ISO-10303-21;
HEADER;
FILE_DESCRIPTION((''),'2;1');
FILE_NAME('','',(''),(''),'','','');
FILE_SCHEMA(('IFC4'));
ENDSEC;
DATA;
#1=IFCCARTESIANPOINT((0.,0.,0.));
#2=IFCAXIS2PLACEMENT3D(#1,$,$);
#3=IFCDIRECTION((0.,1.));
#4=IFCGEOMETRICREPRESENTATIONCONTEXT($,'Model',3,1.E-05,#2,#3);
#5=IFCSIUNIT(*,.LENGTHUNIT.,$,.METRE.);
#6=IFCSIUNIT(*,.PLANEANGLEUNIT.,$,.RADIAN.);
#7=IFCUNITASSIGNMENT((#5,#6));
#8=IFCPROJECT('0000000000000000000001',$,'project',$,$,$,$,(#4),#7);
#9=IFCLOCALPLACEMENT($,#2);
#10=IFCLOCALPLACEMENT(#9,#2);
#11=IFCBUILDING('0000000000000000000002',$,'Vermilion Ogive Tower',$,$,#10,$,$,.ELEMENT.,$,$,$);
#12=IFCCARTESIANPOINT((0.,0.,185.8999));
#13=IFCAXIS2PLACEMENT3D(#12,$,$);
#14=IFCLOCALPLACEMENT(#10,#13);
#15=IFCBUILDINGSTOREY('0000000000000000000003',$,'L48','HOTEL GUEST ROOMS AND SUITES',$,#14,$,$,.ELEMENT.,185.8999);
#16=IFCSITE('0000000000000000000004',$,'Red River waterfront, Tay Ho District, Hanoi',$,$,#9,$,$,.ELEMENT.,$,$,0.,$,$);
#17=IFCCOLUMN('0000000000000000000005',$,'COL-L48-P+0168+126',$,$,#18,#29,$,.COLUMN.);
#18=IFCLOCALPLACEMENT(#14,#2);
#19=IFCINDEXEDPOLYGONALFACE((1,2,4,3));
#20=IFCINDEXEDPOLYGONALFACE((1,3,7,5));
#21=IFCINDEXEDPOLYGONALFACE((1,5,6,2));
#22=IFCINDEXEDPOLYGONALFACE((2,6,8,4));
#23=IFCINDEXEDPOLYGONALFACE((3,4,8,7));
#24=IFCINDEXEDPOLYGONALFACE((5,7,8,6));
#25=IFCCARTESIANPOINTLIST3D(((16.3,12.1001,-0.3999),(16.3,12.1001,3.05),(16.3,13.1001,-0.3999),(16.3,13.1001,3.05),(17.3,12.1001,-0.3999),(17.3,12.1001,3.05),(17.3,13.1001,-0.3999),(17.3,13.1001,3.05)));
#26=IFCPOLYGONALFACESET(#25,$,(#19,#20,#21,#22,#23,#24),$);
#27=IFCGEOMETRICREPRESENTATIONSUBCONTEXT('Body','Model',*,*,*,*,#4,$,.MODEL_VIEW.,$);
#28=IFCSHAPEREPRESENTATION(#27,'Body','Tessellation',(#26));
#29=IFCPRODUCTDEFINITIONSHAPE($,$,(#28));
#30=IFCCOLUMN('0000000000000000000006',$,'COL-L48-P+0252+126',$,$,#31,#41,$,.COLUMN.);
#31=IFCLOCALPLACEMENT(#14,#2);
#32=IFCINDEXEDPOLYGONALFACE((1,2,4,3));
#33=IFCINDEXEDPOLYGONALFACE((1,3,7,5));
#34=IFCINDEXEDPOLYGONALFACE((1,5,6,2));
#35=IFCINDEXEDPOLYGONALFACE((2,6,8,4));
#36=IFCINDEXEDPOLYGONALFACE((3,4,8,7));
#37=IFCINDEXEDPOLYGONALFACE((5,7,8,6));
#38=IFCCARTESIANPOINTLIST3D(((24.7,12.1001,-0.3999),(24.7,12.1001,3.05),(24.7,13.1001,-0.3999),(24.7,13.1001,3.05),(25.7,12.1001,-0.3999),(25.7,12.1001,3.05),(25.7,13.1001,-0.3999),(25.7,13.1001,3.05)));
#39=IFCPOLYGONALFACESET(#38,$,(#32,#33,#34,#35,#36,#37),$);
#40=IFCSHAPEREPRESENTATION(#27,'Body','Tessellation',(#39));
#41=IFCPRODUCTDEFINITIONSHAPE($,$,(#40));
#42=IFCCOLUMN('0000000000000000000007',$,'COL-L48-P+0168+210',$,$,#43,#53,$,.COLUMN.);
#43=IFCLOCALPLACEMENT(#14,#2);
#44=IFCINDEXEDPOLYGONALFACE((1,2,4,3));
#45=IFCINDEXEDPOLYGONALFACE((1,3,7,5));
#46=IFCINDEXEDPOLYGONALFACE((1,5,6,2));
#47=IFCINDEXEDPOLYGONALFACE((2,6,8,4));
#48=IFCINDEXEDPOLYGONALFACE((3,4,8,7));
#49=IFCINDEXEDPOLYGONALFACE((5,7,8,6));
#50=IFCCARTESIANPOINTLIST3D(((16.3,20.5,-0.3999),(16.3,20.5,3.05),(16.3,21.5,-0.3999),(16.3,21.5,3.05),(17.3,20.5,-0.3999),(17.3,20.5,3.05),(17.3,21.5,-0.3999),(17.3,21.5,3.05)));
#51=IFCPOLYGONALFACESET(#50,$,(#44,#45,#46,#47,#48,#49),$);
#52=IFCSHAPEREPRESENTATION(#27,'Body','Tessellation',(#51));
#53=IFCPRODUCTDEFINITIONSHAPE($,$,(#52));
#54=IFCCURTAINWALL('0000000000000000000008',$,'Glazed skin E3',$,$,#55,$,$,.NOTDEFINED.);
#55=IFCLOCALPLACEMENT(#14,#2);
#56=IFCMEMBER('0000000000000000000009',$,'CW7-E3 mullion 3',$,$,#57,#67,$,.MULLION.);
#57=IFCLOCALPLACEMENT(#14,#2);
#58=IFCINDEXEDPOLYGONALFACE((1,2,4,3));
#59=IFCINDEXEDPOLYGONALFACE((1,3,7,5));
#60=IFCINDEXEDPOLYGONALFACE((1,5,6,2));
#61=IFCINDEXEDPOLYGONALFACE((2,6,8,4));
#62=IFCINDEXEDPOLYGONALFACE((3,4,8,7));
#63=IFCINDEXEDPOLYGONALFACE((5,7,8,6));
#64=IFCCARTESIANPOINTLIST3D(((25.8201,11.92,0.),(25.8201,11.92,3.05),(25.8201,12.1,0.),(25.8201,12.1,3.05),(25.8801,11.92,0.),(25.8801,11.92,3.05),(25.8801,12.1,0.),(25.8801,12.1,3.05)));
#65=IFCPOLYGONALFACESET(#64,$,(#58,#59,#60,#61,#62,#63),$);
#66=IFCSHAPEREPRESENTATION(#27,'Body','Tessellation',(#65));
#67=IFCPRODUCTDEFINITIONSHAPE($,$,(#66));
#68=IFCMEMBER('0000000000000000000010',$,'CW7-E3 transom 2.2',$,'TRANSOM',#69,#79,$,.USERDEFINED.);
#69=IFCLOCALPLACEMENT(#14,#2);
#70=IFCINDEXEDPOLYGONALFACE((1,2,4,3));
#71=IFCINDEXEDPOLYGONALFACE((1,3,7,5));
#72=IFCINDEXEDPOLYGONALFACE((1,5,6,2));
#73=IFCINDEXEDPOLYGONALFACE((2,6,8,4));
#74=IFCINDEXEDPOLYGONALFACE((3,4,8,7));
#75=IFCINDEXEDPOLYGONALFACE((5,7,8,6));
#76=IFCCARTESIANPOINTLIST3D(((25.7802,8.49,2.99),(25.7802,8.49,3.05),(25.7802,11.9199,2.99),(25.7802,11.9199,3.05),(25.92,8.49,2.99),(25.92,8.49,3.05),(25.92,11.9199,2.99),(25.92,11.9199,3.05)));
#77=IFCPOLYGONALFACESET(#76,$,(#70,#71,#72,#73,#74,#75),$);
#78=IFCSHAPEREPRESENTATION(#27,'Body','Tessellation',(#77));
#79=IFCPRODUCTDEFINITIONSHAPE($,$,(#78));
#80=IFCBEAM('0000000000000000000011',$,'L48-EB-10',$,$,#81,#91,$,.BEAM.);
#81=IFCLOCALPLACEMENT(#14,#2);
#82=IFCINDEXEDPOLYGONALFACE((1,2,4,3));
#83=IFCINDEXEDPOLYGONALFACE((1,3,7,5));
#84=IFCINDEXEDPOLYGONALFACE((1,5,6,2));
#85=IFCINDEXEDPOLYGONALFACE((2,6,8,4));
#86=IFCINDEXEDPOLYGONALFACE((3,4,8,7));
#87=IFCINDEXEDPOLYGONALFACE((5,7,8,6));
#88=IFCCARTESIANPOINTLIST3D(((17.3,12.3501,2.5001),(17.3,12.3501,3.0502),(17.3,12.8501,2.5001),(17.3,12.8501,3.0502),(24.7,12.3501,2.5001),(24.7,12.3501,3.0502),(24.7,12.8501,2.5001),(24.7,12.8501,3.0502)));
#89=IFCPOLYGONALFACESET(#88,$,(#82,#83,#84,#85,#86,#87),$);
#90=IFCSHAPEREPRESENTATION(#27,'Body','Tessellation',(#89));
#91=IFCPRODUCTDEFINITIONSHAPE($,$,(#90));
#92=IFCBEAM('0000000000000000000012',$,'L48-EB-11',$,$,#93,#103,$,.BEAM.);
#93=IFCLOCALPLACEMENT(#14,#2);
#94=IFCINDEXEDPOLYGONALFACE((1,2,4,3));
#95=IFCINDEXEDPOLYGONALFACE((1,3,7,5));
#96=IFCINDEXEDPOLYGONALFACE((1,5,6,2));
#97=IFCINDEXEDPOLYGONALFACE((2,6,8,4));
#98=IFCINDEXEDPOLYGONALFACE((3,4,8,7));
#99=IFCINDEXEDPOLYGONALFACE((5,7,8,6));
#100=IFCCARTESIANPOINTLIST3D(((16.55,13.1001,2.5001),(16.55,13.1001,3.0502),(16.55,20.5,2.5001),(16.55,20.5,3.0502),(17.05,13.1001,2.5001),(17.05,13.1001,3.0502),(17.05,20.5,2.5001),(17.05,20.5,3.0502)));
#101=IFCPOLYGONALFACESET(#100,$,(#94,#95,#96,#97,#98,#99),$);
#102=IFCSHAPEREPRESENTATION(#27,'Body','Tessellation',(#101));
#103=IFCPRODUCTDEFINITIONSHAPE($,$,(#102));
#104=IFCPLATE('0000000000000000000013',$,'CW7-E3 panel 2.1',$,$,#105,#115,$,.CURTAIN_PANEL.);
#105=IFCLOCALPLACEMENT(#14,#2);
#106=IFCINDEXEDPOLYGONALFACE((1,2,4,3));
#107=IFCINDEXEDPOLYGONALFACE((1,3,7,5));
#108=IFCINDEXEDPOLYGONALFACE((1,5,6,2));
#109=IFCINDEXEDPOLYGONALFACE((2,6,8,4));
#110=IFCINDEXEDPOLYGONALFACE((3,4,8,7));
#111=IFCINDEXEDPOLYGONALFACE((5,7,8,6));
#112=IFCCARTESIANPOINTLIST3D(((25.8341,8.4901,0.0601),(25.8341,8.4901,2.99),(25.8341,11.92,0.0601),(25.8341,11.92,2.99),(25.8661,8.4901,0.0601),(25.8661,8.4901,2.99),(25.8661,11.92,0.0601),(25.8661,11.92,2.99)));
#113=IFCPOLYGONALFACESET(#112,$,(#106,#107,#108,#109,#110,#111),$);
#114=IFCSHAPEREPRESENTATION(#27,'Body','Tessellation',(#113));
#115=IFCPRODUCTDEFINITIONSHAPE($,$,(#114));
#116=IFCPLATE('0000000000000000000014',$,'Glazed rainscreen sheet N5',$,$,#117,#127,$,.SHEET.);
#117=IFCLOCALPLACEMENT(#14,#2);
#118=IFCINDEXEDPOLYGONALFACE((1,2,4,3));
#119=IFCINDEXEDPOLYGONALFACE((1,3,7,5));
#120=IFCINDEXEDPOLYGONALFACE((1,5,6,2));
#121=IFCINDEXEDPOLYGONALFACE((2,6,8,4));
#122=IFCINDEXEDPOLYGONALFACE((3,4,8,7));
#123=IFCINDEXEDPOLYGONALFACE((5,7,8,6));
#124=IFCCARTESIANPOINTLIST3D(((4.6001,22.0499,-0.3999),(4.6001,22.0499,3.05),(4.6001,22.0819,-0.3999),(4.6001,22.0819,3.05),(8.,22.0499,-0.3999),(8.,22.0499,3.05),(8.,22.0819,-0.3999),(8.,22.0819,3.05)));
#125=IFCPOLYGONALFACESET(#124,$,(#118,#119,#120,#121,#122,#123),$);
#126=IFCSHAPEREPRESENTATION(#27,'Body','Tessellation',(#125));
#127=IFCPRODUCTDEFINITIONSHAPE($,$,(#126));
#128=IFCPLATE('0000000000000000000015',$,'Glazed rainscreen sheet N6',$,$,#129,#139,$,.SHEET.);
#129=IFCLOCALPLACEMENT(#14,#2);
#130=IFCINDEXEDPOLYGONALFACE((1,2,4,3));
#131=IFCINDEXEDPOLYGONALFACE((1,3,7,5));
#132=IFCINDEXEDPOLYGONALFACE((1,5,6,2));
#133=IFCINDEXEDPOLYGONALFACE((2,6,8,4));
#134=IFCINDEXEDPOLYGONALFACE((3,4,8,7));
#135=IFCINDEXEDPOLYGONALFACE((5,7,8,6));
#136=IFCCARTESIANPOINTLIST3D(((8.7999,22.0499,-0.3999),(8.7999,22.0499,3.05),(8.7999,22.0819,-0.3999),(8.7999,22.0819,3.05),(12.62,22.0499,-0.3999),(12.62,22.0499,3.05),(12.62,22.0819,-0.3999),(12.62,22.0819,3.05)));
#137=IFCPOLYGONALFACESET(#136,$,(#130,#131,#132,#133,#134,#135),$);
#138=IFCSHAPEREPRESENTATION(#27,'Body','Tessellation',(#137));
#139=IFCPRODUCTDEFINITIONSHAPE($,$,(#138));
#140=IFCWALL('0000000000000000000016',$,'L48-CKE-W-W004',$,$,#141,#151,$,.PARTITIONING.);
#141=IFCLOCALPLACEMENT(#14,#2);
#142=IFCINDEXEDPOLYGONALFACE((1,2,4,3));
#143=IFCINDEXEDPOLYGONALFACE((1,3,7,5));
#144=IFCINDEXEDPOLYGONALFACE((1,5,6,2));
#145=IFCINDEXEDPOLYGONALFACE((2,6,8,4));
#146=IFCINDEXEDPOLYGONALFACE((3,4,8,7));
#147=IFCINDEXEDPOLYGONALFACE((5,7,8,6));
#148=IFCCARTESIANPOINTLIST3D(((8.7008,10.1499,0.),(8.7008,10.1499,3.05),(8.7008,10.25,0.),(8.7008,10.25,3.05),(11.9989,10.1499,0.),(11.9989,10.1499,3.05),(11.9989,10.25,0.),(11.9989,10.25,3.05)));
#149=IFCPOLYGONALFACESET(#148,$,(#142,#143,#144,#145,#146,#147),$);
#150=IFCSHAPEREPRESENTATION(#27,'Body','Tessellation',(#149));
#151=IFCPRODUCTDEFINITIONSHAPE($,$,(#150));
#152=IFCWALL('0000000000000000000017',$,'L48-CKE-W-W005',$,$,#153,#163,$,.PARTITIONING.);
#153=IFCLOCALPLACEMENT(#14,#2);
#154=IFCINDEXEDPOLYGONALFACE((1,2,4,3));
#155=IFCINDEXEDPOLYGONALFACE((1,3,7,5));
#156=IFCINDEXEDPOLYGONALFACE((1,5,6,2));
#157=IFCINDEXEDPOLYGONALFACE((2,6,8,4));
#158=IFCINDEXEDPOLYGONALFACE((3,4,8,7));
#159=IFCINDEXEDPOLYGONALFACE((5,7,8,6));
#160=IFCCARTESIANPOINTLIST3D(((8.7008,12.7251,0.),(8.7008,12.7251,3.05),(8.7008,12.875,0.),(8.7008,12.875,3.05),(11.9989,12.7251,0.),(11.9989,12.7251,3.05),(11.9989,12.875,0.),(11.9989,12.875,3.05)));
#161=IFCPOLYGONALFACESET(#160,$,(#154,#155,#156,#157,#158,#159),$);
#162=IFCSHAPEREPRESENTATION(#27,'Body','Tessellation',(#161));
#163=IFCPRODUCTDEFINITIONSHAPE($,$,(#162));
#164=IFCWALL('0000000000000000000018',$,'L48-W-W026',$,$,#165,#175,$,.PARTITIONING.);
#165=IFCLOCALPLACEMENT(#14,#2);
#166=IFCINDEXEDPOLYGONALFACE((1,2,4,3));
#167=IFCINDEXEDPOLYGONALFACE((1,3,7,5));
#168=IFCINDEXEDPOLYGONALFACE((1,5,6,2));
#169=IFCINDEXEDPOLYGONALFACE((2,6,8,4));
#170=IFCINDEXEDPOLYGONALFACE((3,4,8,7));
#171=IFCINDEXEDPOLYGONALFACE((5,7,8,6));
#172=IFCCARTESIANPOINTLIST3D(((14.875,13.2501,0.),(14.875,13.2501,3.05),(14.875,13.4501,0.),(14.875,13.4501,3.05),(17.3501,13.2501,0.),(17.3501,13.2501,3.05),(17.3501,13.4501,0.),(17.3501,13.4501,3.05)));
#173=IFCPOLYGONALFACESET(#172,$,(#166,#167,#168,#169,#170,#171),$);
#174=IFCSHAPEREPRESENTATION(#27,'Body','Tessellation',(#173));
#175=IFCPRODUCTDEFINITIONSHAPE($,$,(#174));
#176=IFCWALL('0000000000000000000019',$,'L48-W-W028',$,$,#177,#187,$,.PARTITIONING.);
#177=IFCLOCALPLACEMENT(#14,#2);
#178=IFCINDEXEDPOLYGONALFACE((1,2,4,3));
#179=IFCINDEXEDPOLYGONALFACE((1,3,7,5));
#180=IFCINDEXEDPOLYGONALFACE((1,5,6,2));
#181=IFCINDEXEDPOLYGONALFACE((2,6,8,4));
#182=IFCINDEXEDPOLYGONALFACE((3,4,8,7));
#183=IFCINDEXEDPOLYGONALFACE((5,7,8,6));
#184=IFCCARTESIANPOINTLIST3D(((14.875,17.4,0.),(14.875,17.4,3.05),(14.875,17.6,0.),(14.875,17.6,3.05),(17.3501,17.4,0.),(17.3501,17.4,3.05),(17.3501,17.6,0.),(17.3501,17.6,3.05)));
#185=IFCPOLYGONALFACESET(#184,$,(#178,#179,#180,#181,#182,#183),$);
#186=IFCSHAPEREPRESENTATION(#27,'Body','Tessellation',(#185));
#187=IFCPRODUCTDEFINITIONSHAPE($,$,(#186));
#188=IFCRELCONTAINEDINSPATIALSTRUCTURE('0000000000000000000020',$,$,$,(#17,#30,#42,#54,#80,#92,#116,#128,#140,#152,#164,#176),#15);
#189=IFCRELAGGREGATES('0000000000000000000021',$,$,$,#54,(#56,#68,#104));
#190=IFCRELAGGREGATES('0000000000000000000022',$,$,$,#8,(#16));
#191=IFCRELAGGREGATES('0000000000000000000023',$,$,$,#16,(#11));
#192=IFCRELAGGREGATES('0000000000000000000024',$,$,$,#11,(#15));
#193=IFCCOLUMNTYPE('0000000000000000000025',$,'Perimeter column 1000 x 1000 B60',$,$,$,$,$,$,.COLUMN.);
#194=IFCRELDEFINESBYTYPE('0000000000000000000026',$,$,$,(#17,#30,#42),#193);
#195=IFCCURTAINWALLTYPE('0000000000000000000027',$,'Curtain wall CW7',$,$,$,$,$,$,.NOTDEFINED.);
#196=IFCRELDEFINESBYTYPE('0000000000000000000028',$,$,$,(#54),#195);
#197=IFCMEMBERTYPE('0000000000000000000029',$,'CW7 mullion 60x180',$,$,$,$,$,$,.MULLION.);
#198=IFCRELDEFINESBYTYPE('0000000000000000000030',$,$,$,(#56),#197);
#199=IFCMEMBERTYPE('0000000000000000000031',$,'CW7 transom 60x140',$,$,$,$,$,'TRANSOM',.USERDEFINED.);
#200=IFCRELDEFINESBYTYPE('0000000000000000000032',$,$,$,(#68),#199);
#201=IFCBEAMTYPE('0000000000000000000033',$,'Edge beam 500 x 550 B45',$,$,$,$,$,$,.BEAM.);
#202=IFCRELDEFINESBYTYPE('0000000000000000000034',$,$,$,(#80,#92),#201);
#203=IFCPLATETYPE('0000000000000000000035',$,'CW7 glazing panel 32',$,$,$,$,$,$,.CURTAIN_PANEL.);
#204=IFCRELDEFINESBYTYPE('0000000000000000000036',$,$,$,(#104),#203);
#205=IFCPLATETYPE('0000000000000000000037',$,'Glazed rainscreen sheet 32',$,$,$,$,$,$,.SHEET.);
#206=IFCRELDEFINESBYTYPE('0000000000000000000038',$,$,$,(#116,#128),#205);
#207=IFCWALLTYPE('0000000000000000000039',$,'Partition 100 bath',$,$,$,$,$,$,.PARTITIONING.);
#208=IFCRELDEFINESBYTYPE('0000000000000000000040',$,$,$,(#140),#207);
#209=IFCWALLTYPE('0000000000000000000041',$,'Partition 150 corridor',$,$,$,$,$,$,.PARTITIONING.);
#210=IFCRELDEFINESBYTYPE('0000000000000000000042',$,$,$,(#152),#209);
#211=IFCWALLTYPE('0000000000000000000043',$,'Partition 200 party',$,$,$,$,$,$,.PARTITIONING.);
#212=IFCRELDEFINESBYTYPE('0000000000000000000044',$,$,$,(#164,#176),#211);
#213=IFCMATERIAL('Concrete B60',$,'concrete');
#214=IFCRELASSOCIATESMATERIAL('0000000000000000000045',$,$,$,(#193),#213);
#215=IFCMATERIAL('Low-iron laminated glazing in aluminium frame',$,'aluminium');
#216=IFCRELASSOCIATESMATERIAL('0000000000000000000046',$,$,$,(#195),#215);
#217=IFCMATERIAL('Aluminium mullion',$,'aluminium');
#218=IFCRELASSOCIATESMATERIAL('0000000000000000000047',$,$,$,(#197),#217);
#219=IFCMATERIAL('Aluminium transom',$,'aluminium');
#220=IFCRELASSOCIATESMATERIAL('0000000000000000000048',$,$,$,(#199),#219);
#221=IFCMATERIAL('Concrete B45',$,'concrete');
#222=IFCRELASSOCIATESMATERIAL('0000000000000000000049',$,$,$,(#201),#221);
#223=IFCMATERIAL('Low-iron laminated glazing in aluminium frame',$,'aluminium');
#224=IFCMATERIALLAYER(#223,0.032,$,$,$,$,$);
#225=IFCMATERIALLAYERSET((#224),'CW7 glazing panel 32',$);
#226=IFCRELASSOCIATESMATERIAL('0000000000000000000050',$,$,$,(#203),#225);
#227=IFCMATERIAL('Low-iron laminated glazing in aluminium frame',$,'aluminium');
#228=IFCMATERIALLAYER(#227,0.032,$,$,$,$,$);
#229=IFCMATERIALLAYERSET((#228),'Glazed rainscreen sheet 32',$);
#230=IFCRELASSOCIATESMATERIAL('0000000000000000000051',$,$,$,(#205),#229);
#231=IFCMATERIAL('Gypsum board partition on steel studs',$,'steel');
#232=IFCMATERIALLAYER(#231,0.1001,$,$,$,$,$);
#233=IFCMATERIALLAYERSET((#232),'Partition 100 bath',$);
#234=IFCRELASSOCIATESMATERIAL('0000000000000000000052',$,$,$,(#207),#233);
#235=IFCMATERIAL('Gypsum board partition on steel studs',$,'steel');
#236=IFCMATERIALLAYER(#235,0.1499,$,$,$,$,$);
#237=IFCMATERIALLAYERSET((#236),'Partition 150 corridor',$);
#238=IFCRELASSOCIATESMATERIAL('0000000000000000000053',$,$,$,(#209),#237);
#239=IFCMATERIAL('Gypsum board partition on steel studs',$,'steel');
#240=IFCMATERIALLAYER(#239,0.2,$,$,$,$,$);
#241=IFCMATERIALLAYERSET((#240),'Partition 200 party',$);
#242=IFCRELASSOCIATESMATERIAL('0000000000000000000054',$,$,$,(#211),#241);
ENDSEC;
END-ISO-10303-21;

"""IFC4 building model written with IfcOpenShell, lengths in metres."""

from ifc_helpers import new_model, si_unit, direction, frame, frame_2d, origin, origin_2d, place, context, subcontext, project, spatial, rectangle, extrude, material, layer, layer_set, material_profile, profile_set, type_object, element, aggregate, save


model = new_model("IFC4")

# Units and contexts
model_context = context("Model", 3, precision=1e-05, world=origin(), true_north=direction((0.0, 1.0)))
body_context = subcontext(model_context, "Body", "Model", "MODEL_VIEW")
ifc_project = project(units=[si_unit("LENGTHUNIT", "METRE"), si_unit("PLANEANGLEUNIT", "RADIAN")], contexts=[model_context])

# Site, building, storey
site_placement = place(None, origin())
site = spatial("IfcSite", under=ifc_project, at=site_placement, Name="Red River waterfront, Tay Ho District, Hanoi", CompositionType="ELEMENT", RefElevation=0.0)
building_placement = place(site_placement, origin())
building = spatial("IfcBuilding", under=site, at=building_placement, Name="Vermilion Ogive Tower", CompositionType="ELEMENT")
storey_placement = place(building_placement, frame((0.0, 0.0, 185.8999)))
storey = spatial("IfcBuildingStorey", under=building, at=storey_placement, Name="L48", Description="HOTEL GUEST ROOMS AND SUITES", CompositionType="ELEMENT", Elevation=185.8999)

# Columns
ifc_material_1 = material(Name="Concrete B60", Category="concrete")
ifc_material_profile_1 = material_profile(ifc_material_1, rectangle(XDim=1.0, YDim=1.0, at=origin_2d()), Name="1000 x 1000")
ifc_profile_set_1 = profile_set([ifc_material_profile_1], Name="Concrete B60")
column_type = type_object("IfcColumnType", Name="Perimeter column 1000 x 1000 B60", PredefinedType="COLUMN", material=ifc_profile_set_1)
for number, where, z_axis, x_axis, name in (
    (1, (16.8, 12.6001, -0.3999), (0.0, 0.0, 1.0), (1.0, 0.0, 0.0), "COL-L48-P+0168+126"),
    (2, (25.2, 12.6001, -0.3999), (0.0, 0.0, 1.0), (1.0, 0.0, 0.0), "COL-L48-P+0252+126"),
    (3, (16.8, 21.0, -0.3999), (0.0, 0.0, 1.0), (1.0, 0.0, 0.0), "COL-L48-P+0168+210"),
):
    element("IfcColumn", number, at=place(storey_placement, frame(where, z_axis=z_axis, x_axis=x_axis)), inside=storey, type_object=column_type, Name=name, PredefinedType="COLUMN", context=body_context, shape_type="SweptSolid", body=[
        extrude(rectangle(XDim=1.0, YDim=1.0, at=origin_2d()), origin(), (0.0, 0.0, 1.0), 3.45),
    ])

# Curtain wall, members
ifc_material_2 = material(Name="Low-iron laminated glazing in aluminium frame", Category="aluminium")
curtain_wall_type = type_object("IfcCurtainWallType", Name="Curtain wall CW7", PredefinedType="NOTDEFINED", material=ifc_material_2)
curtain_wall_placement = place(storey_placement, origin())
curtain_wall = element("IfcCurtainWall", 4, at=curtain_wall_placement, inside=storey, type_object=curtain_wall_type, Name="Glazed skin E3", PredefinedType="NOTDEFINED")
ifc_material_3 = material(Name="Aluminium mullion", Category="aluminium")
ifc_material_profile_2 = material_profile(ifc_material_3, rectangle(XDim=0.0601, YDim=0.1799, at=origin_2d()), Name="AL 60x180")
ifc_profile_set_2 = profile_set([ifc_material_profile_2], Name="Aluminium mullion")
member_type_1 = type_object("IfcMemberType", Name="CW7 mullion 60x180", PredefinedType="MULLION", material=ifc_profile_set_2)
member_1_placement = place(storey_placement, frame((25.8501, 12.01, 0.0), z_axis=(0.0, 0.0, 1.0), x_axis=(-1.0, 0.0, 0.0)))
member_1 = element("IfcMember", 5, at=member_1_placement, type_object=member_type_1, Name="CW7-E3 mullion 3", PredefinedType="MULLION", context=body_context, shape_type="SweptSolid", body=[
    extrude(rectangle(XDim=0.0601, YDim=0.1799, at=origin_2d()), origin(), (0.0, 0.0, 1.0), 3.05),
])
ifc_material_4 = material(Name="Aluminium transom", Category="aluminium")
ifc_material_profile_3 = material_profile(ifc_material_4, rectangle(XDim=0.1399, YDim=0.0601, at=origin_2d()), Name="AL 60x140")
ifc_profile_set_3 = profile_set([ifc_material_profile_3], Name="Aluminium transom")
member_type_2 = type_object("IfcMemberType", Name="CW7 transom 60x140", ElementType="TRANSOM", PredefinedType="USERDEFINED", material=ifc_profile_set_3)
member_2_placement = place(storey_placement, frame((25.8501, 8.49, 3.02), z_axis=(0.0, 1.0, 0.0), x_axis=(-1.0, 0.0, 0.0)))
member_2 = element("IfcMember", 6, at=member_2_placement, type_object=member_type_2, Name="CW7-E3 transom 2.2", ObjectType="TRANSOM", PredefinedType="USERDEFINED", context=body_context, shape_type="SweptSolid", body=[
    extrude(rectangle(XDim=0.1399, YDim=0.0601, at=origin_2d()), origin(), (0.0, 0.0, 1.0), 3.4299),
])

# Beams
ifc_material_5 = material(Name="Concrete B45", Category="concrete")
ifc_material_profile_4 = material_profile(ifc_material_5, rectangle(XDim=0.5, YDim=0.55, at=origin_2d()), Name="500 x 550")
ifc_profile_set_4 = profile_set([ifc_material_profile_4], Name="Concrete B45")
beam_type = type_object("IfcBeamType", Name="Edge beam 500 x 550 B45", PredefinedType="BEAM", material=ifc_profile_set_4)
for number, where, z_axis, x_axis, name in (
    (7, (24.7, 12.6001, 2.7751), (-1.0, 0.0, 0.0), (0.0, -1.0, 0.0), "L48-EB-10"),
    (8, (16.8, 13.1001, 2.7751), (0.0, 1.0, 0.0), (-1.0, 0.0, 0.0), "L48-EB-11"),
):
    element("IfcBeam", number, at=place(storey_placement, frame(where, z_axis=z_axis, x_axis=x_axis)), inside=storey, type_object=beam_type, Name=name, PredefinedType="BEAM", context=body_context, shape_type="SweptSolid", body=[
        extrude(rectangle(XDim=0.5, YDim=0.55, at=origin_2d()), origin(), (0.0, 0.0, 1.0), 7.3999),
    ])

# Plate
ifc_material_6 = material(Name="Low-iron laminated glazing in aluminium frame", Category="aluminium")
ifc_layer_1 = layer(ifc_material_6, 0.032)
ifc_layer_set_1 = layer_set([ifc_layer_1], Name="CW7 glazing panel 32")
plate_type_1 = type_object("IfcPlateType", Name="CW7 glazing panel 32", PredefinedType="CURTAIN_PANEL", material=ifc_layer_set_1)
plate_1_placement = place(storey_placement, frame((25.8501, 10.2051, 0.0601), z_axis=(0.0, 0.0, 1.0), x_axis=(0.0, 1.0, 0.0)))
plate_1 = element("IfcPlate", 9, at=plate_1_placement, type_object=plate_type_1, Name="CW7-E3 panel 2.1", PredefinedType="CURTAIN_PANEL", context=body_context, shape_type="SweptSolid", body=[
    extrude(rectangle(XDim=3.4299, YDim=0.032, at=origin_2d()), origin(), (0.0, 0.0, 1.0), 2.9299),
])
aggregate(curtain_wall, [member_1, member_2, plate_1])

# Plates
ifc_material_7 = material(Name="Low-iron laminated glazing in aluminium frame", Category="aluminium")
ifc_layer_2 = layer(ifc_material_7, 0.032)
ifc_layer_set_2 = layer_set([ifc_layer_2], Name="Glazed rainscreen sheet 32")
plate_type_2 = type_object("IfcPlateType", Name="Glazed rainscreen sheet 32", PredefinedType="SHEET", material=ifc_layer_set_2)
plate_2_placement = place(storey_placement, frame((6.3, 22.0659, -0.3999), z_axis=(0.0, 0.0, 1.0), x_axis=(1.0, 0.0, 0.0)))
element("IfcPlate", 10, at=plate_2_placement, inside=storey, type_object=plate_type_2, Name="Glazed rainscreen sheet N5", PredefinedType="SHEET", context=body_context, shape_type="SweptSolid", body=[
    extrude(rectangle(XDim=3.3999, YDim=0.032, at=origin_2d()), origin(), (0.0, 0.0, 1.0), 3.45),
])
plate_3_placement = place(storey_placement, frame((10.71, 22.0659, -0.3999), z_axis=(0.0, 0.0, 1.0), x_axis=(1.0, 0.0, 0.0)))
element("IfcPlate", 11, at=plate_3_placement, inside=storey, type_object=plate_type_2, Name="Glazed rainscreen sheet N6", PredefinedType="SHEET", context=body_context, shape_type="SweptSolid", body=[
    extrude(rectangle(XDim=3.8201, YDim=0.032, at=origin_2d()), origin(), (0.0, 0.0, 1.0), 3.45),
])

# Walls
ifc_material_8 = material(Name="Gypsum board partition on steel studs", Category="steel")
ifc_layer_3 = layer(ifc_material_8, 0.1001)
ifc_layer_set_3 = layer_set([ifc_layer_3], Name="Partition 100 bath")
wall_type_1 = type_object("IfcWallType", Name="Partition 100 bath", PredefinedType="PARTITIONING", material=ifc_layer_set_3)
wall_1_placement = place(storey_placement, frame((8.7009, 10.2, 0.0), z_axis=(0.0, 0.0, 1.0), x_axis=(1.0, 0.0, 0.0)))
element("IfcWall", 12, at=wall_1_placement, inside=storey, type_object=wall_type_1, Name="L48-CKE-W-W004", PredefinedType="PARTITIONING", context=body_context, shape_type="SweptSolid", body=[
    extrude(rectangle(XDim=3.2981, YDim=0.1001, at=frame_2d((1.6489, 0.0))), origin(), (0.0, 0.0, 1.0), 3.05),
])
ifc_material_9 = material(Name="Gypsum board partition on steel studs", Category="steel")
ifc_layer_4 = layer(ifc_material_9, 0.1499)
ifc_layer_set_4 = layer_set([ifc_layer_4], Name="Partition 150 corridor")
wall_type_2 = type_object("IfcWallType", Name="Partition 150 corridor", PredefinedType="PARTITIONING", material=ifc_layer_set_4)
wall_2_placement = place(storey_placement, frame((8.7009, 12.8, 0.0), z_axis=(0.0, 0.0, 1.0), x_axis=(1.0, 0.0, 0.0)))
element("IfcWall", 13, at=wall_2_placement, inside=storey, type_object=wall_type_2, Name="L48-CKE-W-W005", PredefinedType="PARTITIONING", context=body_context, shape_type="SweptSolid", body=[
    extrude(rectangle(XDim=3.2981, YDim=0.1499, at=frame_2d((1.6489, 0.0))), origin(), (0.0, 0.0, 1.0), 3.05),
])
ifc_material_10 = material(Name="Gypsum board partition on steel studs", Category="steel")
ifc_layer_5 = layer(ifc_material_10, 0.2)
ifc_layer_set_5 = layer_set([ifc_layer_5], Name="Partition 200 party")
wall_type_3 = type_object("IfcWallType", Name="Partition 200 party", PredefinedType="PARTITIONING", material=ifc_layer_set_5)
for number, where, z_axis, x_axis, name in (
    (14, (14.875, 13.3501, 0.0), (0.0, 0.0, 1.0), (1.0, 0.0, 0.0), "L48-W-W026"),
    (15, (14.875, 17.5, 0.0), (0.0, 0.0, 1.0), (1.0, 0.0, 0.0), "L48-W-W028"),
):
    element("IfcWall", number, at=place(storey_placement, frame(where, z_axis=z_axis, x_axis=x_axis)), inside=storey, type_object=wall_type_3, Name=name, PredefinedType="PARTITIONING", context=body_context, shape_type="SweptSolid", body=[
        extrude(rectangle(XDim=2.4751, YDim=0.2, at=frame_2d((1.2375, 0.0))), origin(), (0.0, 0.0, 1.0), 3.05),
    ])

save(model, "model.ifc")
